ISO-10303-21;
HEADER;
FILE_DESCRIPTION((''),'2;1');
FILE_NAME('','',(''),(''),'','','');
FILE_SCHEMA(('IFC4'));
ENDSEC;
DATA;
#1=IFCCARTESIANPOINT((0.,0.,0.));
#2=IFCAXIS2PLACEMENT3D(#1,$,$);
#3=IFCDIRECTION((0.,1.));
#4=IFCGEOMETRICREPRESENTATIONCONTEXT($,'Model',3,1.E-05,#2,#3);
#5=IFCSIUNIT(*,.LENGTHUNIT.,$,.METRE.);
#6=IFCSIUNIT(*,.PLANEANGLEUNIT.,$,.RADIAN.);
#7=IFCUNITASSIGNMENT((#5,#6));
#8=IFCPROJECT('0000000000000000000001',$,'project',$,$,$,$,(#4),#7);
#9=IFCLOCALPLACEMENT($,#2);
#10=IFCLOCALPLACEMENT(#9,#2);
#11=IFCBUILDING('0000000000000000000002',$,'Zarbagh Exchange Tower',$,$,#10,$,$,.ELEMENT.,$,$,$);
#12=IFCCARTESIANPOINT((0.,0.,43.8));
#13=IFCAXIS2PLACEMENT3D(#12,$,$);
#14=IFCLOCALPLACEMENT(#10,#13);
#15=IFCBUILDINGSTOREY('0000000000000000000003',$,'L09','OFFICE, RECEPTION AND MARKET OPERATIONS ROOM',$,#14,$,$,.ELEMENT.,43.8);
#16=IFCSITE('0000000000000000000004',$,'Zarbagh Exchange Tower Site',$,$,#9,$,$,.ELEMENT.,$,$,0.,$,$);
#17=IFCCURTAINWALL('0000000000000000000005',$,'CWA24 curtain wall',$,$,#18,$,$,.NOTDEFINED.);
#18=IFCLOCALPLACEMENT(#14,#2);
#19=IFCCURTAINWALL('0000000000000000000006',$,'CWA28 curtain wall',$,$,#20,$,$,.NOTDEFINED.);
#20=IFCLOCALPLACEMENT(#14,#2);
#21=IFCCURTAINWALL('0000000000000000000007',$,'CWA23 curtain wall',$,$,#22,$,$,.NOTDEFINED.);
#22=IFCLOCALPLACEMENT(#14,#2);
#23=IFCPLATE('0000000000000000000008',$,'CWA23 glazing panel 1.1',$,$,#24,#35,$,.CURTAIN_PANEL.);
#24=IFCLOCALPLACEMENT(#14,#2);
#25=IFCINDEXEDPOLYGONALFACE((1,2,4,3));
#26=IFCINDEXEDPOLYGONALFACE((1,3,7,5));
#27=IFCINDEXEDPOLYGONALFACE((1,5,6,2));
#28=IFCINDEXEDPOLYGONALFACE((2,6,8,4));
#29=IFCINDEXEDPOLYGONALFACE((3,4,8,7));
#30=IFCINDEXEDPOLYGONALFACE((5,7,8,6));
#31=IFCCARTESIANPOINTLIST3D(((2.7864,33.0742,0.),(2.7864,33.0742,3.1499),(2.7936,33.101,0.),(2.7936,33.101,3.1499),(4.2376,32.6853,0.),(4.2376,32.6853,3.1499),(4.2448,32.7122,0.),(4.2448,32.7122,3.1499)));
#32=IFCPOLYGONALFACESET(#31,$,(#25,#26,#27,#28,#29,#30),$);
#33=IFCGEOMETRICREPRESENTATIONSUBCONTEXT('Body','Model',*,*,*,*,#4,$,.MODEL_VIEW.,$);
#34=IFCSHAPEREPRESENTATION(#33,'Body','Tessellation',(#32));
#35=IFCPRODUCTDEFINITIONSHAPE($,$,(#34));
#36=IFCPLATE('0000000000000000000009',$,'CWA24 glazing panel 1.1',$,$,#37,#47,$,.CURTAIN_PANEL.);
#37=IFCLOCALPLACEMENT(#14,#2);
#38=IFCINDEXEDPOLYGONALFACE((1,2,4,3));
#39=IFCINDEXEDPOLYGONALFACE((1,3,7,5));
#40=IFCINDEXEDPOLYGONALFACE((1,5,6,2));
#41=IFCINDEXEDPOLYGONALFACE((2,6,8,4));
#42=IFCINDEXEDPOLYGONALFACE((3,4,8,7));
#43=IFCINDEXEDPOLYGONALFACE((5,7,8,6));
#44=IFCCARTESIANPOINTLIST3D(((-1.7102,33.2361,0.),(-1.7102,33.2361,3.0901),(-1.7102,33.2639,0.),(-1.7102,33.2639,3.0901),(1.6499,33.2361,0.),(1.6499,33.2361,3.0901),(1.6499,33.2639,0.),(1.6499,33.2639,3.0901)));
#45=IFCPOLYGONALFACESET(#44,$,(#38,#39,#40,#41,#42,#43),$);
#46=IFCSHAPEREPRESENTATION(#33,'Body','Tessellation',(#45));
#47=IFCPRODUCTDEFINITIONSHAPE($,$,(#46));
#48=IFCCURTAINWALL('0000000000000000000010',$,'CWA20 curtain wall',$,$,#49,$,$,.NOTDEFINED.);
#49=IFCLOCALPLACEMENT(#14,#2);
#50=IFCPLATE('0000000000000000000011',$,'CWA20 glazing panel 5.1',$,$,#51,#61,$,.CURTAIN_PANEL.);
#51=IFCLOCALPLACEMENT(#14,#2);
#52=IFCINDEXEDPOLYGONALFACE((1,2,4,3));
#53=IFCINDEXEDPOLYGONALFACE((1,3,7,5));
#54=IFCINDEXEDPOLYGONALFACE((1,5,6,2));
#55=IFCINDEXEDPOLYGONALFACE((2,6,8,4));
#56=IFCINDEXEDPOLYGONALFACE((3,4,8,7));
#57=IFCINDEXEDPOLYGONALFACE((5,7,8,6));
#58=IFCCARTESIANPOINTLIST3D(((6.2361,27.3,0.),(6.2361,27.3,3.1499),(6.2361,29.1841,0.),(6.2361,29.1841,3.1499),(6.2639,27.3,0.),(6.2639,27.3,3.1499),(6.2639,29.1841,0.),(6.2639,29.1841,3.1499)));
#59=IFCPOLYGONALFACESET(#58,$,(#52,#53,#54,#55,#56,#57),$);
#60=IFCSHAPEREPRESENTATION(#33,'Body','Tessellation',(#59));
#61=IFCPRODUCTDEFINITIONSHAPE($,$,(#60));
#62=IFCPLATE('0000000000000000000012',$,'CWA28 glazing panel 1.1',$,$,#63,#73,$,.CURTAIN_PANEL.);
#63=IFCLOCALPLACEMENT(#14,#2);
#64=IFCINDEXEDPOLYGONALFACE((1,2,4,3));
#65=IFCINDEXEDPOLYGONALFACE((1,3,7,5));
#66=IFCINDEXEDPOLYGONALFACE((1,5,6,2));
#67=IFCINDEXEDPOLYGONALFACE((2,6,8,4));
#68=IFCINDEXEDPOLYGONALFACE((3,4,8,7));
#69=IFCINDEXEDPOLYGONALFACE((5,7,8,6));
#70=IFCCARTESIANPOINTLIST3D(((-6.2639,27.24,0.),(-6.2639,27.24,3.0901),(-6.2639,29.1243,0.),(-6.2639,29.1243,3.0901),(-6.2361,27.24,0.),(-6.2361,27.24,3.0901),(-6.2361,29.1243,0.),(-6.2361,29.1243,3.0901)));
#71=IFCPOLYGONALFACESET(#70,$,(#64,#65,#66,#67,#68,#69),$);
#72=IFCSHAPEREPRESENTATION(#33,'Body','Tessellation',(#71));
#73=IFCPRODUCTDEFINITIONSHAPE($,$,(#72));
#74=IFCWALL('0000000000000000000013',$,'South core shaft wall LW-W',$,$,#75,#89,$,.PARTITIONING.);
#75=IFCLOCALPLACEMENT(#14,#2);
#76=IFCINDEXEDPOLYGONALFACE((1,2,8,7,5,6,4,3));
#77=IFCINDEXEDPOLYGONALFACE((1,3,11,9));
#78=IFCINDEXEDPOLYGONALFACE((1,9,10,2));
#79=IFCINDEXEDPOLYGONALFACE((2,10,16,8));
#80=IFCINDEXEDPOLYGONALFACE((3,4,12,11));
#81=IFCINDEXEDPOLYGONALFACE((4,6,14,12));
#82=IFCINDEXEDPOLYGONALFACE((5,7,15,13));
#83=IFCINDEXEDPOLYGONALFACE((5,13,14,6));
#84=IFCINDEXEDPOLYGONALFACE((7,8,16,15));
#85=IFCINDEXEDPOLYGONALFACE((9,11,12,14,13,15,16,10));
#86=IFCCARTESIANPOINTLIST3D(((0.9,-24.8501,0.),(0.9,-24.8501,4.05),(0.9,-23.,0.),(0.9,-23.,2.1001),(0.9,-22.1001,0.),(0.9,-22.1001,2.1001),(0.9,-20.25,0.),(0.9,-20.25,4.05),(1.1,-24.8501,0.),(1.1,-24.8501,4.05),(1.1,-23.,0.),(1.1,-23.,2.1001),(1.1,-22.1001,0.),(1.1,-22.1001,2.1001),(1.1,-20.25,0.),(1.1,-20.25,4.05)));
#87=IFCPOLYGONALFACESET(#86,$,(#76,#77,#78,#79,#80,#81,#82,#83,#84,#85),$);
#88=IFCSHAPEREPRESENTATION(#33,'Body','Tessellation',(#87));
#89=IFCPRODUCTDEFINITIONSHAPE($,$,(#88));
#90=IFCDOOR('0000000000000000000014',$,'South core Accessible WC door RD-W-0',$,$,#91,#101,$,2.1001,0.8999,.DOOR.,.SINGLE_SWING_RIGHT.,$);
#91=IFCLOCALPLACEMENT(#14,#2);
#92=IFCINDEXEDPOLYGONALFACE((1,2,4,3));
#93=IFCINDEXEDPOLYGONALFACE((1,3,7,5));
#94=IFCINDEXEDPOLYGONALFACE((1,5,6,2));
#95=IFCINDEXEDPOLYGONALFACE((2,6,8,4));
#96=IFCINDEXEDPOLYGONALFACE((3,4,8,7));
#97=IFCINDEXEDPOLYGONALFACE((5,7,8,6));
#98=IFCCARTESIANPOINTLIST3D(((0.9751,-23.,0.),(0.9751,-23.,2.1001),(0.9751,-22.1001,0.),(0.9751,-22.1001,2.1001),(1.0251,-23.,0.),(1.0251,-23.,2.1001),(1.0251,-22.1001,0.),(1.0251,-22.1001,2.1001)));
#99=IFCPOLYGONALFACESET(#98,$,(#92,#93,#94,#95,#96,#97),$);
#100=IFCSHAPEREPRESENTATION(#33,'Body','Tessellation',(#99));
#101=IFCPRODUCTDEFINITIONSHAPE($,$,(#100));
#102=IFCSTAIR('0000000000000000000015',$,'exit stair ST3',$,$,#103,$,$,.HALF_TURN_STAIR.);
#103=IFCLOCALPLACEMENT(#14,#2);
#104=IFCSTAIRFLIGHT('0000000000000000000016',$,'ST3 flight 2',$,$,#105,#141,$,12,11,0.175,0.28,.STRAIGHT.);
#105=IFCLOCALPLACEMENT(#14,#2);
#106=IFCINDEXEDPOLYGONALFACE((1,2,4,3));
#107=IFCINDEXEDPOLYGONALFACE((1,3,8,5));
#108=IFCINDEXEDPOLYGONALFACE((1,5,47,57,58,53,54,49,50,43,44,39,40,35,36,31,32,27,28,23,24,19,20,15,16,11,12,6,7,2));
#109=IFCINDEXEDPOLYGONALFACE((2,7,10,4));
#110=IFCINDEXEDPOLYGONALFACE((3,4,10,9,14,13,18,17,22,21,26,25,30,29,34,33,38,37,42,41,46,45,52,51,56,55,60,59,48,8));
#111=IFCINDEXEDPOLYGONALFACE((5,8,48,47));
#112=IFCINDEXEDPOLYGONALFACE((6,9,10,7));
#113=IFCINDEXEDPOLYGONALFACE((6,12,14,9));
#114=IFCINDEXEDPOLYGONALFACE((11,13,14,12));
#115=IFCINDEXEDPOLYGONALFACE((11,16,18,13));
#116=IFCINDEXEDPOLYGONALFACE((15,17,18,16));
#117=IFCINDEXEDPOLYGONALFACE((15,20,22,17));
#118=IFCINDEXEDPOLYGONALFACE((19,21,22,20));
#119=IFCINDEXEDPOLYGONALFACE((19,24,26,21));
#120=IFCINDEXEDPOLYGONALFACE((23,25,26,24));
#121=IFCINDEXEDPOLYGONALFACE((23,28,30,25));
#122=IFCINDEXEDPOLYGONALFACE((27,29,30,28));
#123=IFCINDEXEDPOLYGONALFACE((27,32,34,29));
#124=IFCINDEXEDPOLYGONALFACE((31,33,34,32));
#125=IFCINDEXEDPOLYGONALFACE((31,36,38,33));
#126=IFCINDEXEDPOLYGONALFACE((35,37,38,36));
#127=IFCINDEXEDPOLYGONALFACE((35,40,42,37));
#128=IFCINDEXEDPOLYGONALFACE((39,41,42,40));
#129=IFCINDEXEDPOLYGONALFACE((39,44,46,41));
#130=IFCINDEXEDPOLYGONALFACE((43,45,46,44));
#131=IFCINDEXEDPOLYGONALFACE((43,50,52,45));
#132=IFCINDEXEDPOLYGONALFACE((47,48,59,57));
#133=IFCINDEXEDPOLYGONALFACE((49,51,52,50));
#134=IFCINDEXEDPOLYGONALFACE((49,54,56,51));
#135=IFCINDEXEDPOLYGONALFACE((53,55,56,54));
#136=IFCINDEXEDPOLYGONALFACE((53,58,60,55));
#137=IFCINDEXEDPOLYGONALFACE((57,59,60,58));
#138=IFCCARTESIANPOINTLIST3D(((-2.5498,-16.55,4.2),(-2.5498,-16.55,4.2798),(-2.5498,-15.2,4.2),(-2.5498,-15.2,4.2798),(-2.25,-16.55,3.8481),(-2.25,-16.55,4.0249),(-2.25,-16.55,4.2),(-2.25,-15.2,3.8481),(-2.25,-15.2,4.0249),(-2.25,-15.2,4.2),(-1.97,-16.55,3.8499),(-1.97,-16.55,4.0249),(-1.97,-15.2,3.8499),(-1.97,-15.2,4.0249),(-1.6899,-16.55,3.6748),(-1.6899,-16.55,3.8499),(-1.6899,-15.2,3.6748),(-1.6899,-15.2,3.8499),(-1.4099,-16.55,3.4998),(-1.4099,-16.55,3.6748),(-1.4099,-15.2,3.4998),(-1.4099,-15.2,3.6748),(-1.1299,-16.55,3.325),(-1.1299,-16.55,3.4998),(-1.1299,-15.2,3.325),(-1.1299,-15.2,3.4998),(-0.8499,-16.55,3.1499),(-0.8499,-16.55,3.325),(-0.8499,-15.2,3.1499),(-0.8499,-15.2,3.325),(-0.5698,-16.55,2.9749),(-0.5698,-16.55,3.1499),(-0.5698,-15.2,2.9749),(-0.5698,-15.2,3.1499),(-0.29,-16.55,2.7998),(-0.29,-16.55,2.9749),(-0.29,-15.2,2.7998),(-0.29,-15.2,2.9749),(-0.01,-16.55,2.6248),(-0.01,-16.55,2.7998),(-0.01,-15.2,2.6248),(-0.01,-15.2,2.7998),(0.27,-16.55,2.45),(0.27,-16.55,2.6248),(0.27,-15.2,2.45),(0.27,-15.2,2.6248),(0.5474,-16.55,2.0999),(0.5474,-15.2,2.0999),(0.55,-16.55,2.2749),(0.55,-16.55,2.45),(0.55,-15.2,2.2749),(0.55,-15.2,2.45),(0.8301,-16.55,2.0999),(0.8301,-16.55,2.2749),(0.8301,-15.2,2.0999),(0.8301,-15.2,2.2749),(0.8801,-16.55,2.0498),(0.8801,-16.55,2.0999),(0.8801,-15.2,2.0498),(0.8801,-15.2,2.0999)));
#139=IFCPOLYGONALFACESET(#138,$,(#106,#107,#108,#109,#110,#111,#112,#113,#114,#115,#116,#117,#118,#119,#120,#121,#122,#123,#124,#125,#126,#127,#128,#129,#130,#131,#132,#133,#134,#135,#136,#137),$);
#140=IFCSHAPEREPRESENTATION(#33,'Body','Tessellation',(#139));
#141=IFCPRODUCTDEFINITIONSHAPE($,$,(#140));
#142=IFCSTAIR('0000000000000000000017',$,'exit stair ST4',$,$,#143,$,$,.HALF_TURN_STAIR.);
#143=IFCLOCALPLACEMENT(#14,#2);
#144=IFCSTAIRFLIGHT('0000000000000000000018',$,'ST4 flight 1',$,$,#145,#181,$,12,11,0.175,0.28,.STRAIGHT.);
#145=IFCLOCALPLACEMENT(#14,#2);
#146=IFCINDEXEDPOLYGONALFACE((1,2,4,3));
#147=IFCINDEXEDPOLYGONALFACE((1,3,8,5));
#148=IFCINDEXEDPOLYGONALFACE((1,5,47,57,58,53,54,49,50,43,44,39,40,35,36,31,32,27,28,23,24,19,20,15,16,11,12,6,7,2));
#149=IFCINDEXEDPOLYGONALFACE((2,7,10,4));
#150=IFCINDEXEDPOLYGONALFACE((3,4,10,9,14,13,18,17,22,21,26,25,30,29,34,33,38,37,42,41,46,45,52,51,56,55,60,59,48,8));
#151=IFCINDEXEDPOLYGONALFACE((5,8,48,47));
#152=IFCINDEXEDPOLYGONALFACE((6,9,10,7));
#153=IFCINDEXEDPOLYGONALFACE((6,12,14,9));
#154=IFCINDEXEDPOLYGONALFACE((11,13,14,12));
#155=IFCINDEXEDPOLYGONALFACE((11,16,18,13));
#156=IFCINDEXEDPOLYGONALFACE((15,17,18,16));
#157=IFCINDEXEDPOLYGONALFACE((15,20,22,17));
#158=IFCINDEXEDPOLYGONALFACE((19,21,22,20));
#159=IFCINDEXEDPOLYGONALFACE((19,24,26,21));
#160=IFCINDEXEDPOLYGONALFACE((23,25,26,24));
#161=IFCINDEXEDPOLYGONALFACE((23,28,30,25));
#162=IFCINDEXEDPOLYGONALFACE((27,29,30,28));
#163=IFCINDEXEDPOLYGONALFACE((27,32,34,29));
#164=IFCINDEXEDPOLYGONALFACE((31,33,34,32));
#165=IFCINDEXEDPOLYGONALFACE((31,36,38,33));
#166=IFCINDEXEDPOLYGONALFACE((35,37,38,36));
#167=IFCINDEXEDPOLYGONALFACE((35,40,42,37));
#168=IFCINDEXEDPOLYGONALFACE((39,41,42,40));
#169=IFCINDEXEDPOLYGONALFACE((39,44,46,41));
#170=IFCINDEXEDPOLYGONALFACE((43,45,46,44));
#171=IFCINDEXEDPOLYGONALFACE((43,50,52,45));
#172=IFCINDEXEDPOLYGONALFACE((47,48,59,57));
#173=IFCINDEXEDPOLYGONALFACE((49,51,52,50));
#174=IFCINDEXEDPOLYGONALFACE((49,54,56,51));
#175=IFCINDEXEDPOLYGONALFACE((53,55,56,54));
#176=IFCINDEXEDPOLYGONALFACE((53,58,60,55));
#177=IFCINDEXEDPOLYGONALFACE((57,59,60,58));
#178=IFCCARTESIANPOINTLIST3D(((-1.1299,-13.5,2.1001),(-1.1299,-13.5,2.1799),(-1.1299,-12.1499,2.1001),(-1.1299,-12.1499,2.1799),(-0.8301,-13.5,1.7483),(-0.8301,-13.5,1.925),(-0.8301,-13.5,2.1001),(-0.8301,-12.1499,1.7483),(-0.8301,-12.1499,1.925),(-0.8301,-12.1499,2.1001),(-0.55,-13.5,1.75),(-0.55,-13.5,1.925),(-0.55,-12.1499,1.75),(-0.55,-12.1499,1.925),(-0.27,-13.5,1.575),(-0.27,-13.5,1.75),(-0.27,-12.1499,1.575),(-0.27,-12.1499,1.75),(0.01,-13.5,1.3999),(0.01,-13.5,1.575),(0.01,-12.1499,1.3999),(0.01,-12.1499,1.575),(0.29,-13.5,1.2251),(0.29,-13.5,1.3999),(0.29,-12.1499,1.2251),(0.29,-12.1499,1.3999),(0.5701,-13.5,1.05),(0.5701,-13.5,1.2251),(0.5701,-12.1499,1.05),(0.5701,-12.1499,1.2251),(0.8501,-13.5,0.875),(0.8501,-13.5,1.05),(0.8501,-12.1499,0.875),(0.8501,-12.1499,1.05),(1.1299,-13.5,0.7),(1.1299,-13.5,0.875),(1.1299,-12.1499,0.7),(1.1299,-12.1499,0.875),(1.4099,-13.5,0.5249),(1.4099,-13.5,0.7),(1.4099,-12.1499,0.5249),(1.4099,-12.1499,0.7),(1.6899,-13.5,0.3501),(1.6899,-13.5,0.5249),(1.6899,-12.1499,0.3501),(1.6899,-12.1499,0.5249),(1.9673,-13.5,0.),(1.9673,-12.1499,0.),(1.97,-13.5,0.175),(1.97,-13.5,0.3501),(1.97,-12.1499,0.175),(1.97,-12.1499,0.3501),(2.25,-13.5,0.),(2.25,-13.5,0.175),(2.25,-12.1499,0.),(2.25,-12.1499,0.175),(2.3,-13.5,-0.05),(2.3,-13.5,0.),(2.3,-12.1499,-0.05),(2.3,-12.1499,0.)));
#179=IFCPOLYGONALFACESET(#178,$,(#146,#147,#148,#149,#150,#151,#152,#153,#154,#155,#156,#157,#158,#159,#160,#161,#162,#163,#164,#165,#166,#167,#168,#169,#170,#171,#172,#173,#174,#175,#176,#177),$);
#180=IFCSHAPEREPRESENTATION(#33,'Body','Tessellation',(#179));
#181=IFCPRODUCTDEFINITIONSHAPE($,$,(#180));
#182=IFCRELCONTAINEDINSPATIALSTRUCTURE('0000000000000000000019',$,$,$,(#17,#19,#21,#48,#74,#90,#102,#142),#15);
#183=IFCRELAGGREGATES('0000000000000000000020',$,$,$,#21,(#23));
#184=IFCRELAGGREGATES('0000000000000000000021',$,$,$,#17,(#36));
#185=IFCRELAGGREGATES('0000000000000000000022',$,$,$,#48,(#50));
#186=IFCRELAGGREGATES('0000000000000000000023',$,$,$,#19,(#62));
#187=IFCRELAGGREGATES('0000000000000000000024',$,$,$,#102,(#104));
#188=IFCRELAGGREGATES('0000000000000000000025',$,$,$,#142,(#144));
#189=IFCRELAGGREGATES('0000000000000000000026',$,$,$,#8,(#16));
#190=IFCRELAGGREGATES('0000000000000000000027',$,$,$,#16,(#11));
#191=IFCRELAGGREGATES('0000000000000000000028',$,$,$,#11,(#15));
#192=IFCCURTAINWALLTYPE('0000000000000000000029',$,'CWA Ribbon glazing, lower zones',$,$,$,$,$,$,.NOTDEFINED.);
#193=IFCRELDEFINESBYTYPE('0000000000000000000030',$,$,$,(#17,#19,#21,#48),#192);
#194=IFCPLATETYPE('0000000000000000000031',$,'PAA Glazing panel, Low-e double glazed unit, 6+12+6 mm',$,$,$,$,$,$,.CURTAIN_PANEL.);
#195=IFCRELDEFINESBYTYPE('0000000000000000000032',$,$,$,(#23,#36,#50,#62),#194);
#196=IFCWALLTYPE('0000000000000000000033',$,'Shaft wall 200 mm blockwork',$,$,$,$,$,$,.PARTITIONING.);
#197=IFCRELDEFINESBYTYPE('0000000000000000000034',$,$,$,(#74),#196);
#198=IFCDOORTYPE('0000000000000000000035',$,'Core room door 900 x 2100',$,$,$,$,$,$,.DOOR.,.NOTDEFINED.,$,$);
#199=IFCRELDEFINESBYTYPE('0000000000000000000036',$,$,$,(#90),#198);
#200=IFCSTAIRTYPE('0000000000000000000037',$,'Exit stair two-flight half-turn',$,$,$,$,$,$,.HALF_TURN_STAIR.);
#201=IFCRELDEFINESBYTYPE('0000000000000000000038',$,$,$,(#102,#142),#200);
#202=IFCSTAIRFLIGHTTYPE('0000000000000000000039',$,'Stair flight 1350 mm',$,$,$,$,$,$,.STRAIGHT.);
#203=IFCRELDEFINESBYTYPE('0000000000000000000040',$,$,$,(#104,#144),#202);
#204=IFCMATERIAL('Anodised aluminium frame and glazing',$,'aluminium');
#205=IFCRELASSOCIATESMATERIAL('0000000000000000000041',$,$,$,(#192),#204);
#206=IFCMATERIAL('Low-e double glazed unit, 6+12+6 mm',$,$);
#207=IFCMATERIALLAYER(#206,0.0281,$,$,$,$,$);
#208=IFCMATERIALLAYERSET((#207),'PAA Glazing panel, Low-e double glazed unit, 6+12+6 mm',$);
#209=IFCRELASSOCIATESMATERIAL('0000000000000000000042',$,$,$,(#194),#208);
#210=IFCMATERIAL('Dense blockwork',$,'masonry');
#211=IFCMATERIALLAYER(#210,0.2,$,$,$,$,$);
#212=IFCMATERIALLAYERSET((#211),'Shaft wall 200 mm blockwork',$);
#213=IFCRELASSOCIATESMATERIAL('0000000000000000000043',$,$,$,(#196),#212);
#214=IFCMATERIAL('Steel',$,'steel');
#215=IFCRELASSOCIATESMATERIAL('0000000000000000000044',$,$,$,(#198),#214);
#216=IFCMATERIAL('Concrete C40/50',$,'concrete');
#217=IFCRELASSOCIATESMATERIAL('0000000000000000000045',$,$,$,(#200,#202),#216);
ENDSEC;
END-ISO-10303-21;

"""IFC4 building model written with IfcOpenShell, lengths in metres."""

from ifc_helpers import new_model, si_unit, direction, frame, frame_2d, origin, place, context, subcontext, project, spatial, polyline, rectangle, outline, extrude, source, transform, mapped, material, layer, layer_set, type_object, element, fill, aggregate, save


model = new_model("IFC4")

# Units and contexts
model_context = context("Model", 3, precision=1e-05, world=origin(), true_north=direction((0.0, 1.0)))
body_context = subcontext(model_context, "Body", "Model", "MODEL_VIEW")
ifc_project = project(units=[si_unit("LENGTHUNIT", "METRE"), si_unit("PLANEANGLEUNIT", "RADIAN")], contexts=[model_context])

# Site, building, storey
site_placement = place(None, origin())
site = spatial("IfcSite", under=ifc_project, at=site_placement, Name="Zarbagh Exchange Tower Site", CompositionType="ELEMENT", RefElevation=0.0)
building_placement = place(site_placement, origin())
building = spatial("IfcBuilding", under=site, at=building_placement, Name="Zarbagh Exchange Tower", CompositionType="ELEMENT")
storey_placement = place(building_placement, frame((0.0, 0.0, 43.8)))
storey = spatial("IfcBuildingStorey", under=building, at=storey_placement, Name="L09", Description="OFFICE, RECEPTION AND MARKET OPERATIONS ROOM", CompositionType="ELEMENT", Elevation=43.8)

# Curtain wall
ifc_material_1 = material(Name="Anodised aluminium frame and glazing", Category="aluminium")
curtain_wall_type = type_object("IfcCurtainWallType", Name="CWA Ribbon glazing, lower zones", PredefinedType="NOTDEFINED", material=ifc_material_1)
placement = place(storey_placement, origin())
curtain_wall_1_placement = place(storey_placement, origin())
curtain_wall_1 = element("IfcCurtainWall", 1, at=curtain_wall_1_placement, inside=storey, type_object=curtain_wall_type, Name="CWA24 curtain wall", PredefinedType="NOTDEFINED")

# Curtain wall
curtain_wall_2_placement = place(storey_placement, origin())
curtain_wall_2 = element("IfcCurtainWall", 2, at=curtain_wall_2_placement, inside=storey, type_object=curtain_wall_type, Name="CWA28 curtain wall", PredefinedType="NOTDEFINED")

# Shared definitions
ifc_material_2 = material(Name="Low-e double glazed unit, 6+12+6 mm")
ifc_layer_1 = layer(ifc_material_2, 0.0281)
ifc_layer_set_1 = layer_set([ifc_layer_1], Name="PAA Glazing panel, Low-e double glazed unit, 6+12+6 mm")
plate_type = type_object("IfcPlateType", Name="PAA Glazing panel, Low-e double glazed unit, 6+12+6 mm", PredefinedType="CURTAIN_PANEL", material=ifc_layer_set_1)

# Curtain wall, plate
curtain_wall_3_placement = place(storey_placement, origin())
curtain_wall_3 = element("IfcCurtainWall", 3, at=curtain_wall_3_placement, inside=storey, type_object=curtain_wall_type, Name="CWA23 curtain wall", PredefinedType="NOTDEFINED")
shared_shape_1 = source(origin(), body_context, "Body", "SweptSolid", [
    extrude(outline(polyline([(0.0, -0.0139), (1.5024, -0.0139), (1.5024, 0.0139), (0.0, 0.0139), (0.0, -0.0139)])), origin(), (0.0, 0.0, 1.0), 3.1499),
])
plate_1 = element("IfcPlate", 4, at=placement, type_object=plate_type, Name="CWA23 glazing panel 1.1", PredefinedType="CURTAIN_PANEL", context=body_context, shape_type="MappedRepresentation", body=[
    mapped(shared_shape_1, transform((4.2412, 32.6987, 0.0), x_axis=(-0.965924, 0.258825, 0.0), y_axis=(-0.258825, -0.965924, 0.0), z_axis=(0.0, 0.0, 1.0))),
])
aggregate(curtain_wall_3, [plate_1])

# Plate
shared_shape_2 = source(origin(), body_context, "Body", "SweptSolid", [
    extrude(outline(polyline([(0.0, -0.0139), (3.3601, -0.0139), (3.3601, 0.0139), (0.0, 0.0139), (0.0, -0.0139)])), origin(), (0.0, 0.0, 1.0), 3.0901),
])
plate_2 = element("IfcPlate", 5, at=placement, type_object=plate_type, Name="CWA24 glazing panel 1.1", PredefinedType="CURTAIN_PANEL", context=body_context, shape_type="MappedRepresentation", body=[
    mapped(shared_shape_2, transform((1.6499, 33.25, 0.0), x_axis=(-1.0, 0.0, 0.0), y_axis=(0.0, -1.0, 0.0), z_axis=(0.0, 0.0, 1.0))),
])
aggregate(curtain_wall_1, [plate_2])

# Curtain wall, plate
curtain_wall_4_placement = place(storey_placement, origin())
curtain_wall_4 = element("IfcCurtainWall", 6, at=curtain_wall_4_placement, inside=storey, type_object=curtain_wall_type, Name="CWA20 curtain wall", PredefinedType="NOTDEFINED")
shared_shape_3 = source(origin(), body_context, "Body", "SweptSolid", [
    extrude(outline(polyline([(0.0, -0.0139), (1.884, -0.0139), (1.884, 0.0139), (0.0, 0.0139), (0.0, -0.0139)])), origin(), (0.0, 0.0, 1.0), 3.1499),
])
plate_3 = element("IfcPlate", 7, at=placement, type_object=plate_type, Name="CWA20 glazing panel 5.1", PredefinedType="CURTAIN_PANEL", context=body_context, shape_type="MappedRepresentation", body=[
    mapped(shared_shape_3, transform((6.25, 27.3, 0.0), x_axis=(0.0, 1.0, 0.0), y_axis=(-1.0, 0.0, 0.0), z_axis=(0.0, 0.0, 1.0))),
])
aggregate(curtain_wall_4, [plate_3])

# Plate
shared_shape_4 = source(origin(), body_context, "Body", "SweptSolid", [
    extrude(outline(polyline([(0.0, -0.0139), (1.8843, -0.0139), (1.8843, 0.0139), (0.0, 0.0139), (0.0, -0.0139)])), origin(), (0.0, 0.0, 1.0), 3.0901),
])
plate_4 = element("IfcPlate", 8, at=placement, type_object=plate_type, Name="CWA28 glazing panel 1.1", PredefinedType="CURTAIN_PANEL", context=body_context, shape_type="MappedRepresentation", body=[
    mapped(shared_shape_4, transform((-6.25, 29.1243, 0.0), x_axis=(0.0, -1.0, 0.0), y_axis=(1.0, 0.0, 0.0), z_axis=(0.0, 0.0, 1.0))),
])
aggregate(curtain_wall_2, [plate_4])

# Wall, opening, door
ifc_material_3 = material(Name="Dense blockwork", Category="masonry")
ifc_layer_2 = layer(ifc_material_3, 0.2)
ifc_layer_set_2 = layer_set([ifc_layer_2], Name="Shaft wall 200 mm blockwork")
wall_type = type_object("IfcWallType", Name="Shaft wall 200 mm blockwork", PredefinedType="PARTITIONING", material=ifc_layer_set_2)
wall_placement = place(storey_placement, frame((1.0, -24.8501, 0.0), z_axis=(0.0, 0.0, 1.0), x_axis=(0.0, 1.0, 0.0)))
wall = element("IfcWall", 9, at=wall_placement, inside=storey, type_object=wall_type, Name="South core shaft wall LW-W", PredefinedType="PARTITIONING", context=body_context, shape_type="SweptSolid", body=[
    extrude(rectangle(XDim=4.6001, YDim=0.2, at=frame_2d((2.3, 0.0))), origin(), (0.0, 0.0, 1.0), 4.05),
])
opening_placement = place(wall_placement, frame((1.8501, 0.0, 0.0)))
opening = element("IfcOpeningElement", 10, at=opening_placement, cuts=wall, PredefinedType="OPENING", context=body_context, shape_type="SweptSolid", body=[
    extrude(rectangle(XDim=0.8999, YDim=2.1001, at=frame_2d((0.45, 1.05))), frame((0.0, 0.1099, 0.0), z_axis=(0.0, -1.0, 0.0), x_axis=(1.0, 0.0, 0.0)), (0.0, 0.0, 1.0), 0.22),
])
ifc_material_4 = material(Name="Steel", Category="steel")
door_type = type_object("IfcDoorType", Name="Core room door 900 x 2100", OperationType="NOTDEFINED", PredefinedType="DOOR", material=ifc_material_4)
door_placement = place(opening_placement, origin())
door = element("IfcDoor", 11, at=door_placement, inside=storey, type_object=door_type, Name="South core Accessible WC door RD-W-0", OperationType="SINGLE_SWING_RIGHT", OverallHeight=2.1001, OverallWidth=0.8999, PredefinedType="DOOR", context=body_context, shape_type="SweptSolid", body=[
    extrude(rectangle(XDim=0.8999, YDim=2.1001, at=frame_2d((0.45, 1.05))), frame((0.0, 0.0249, 0.0), z_axis=(0.0, -1.0, 0.0), x_axis=(1.0, 0.0, 0.0)), (0.0, 0.0, 1.0), 0.05),
])
fill(opening, door)

# Stairs, stair flights
ifc_material_5 = material(Name="Concrete C40/50", Category="concrete")
stair_type = type_object("IfcStairType", Name="Exit stair two-flight half-turn", PredefinedType="HALF_TURN_STAIR", material=ifc_material_5)
stair_1_placement = place(storey_placement, origin())
stair_1 = element("IfcStair", 12, at=stair_1_placement, inside=storey, type_object=stair_type, Name="exit stair ST3", PredefinedType="HALF_TURN_STAIR")
stair_flight_type = type_object("IfcStairFlightType", Name="Stair flight 1350 mm", PredefinedType="STRAIGHT", material=ifc_material_5)
stair_flight_1_placement = place(storey_placement, frame((0.8301, -15.875, 2.0999), z_axis=(0.0, 0.0, 1.0), x_axis=(-1.0, 0.0, 0.0)))
stair_flight_1 = element("IfcStairFlight", 13, at=stair_flight_1_placement, type_object=stair_flight_type, Name="ST3 flight 2", NumberOfRisers=12, NumberOfTreads=11, PredefinedType="STRAIGHT", RiserHeight=0.175, TreadLength=0.28, context=body_context, shape_type="SweptSolid", body=[
    extrude(outline(polyline([(-0.05, -0.05), (-0.05, 0.0), (0.0, 0.0), (0.0, 0.175), (0.28, 0.175), (0.28, 0.3501), (0.5601, 0.3501), (0.5601, 0.5249), (0.8401, 0.5249), (0.8401, 0.7), (1.1201, 0.7), (1.1201, 0.875), (1.3999, 0.875), (1.3999, 1.05), (1.6799, 1.05), (1.6799, 1.2251), (1.96, 1.2251), (1.96, 1.3999), (2.24, 1.3999), (2.24, 1.575), (2.52, 1.575), (2.52, 1.75), (2.8, 1.75), (2.8, 1.925), (3.0801, 1.925), (3.0801, 2.1001), (3.3799, 2.1799), (3.3799, 2.1001), (3.0801, 1.7483), (0.2827, 0.0), (-0.05, -0.05)])), frame((0.0, 0.675, 0.0), z_axis=(0.0, -1.0, 0.0), x_axis=(1.0, 0.0, 0.0)), (0.0, 0.0, 1.0), 1.3501),
])
aggregate(stair_1, [stair_flight_1])
stair_2_placement = place(storey_placement, origin())
stair_2 = element("IfcStair", 14, at=stair_2_placement, inside=storey, type_object=stair_type, Name="exit stair ST4", PredefinedType="HALF_TURN_STAIR")
stair_flight_2_placement = place(storey_placement, frame((2.25, -12.825, 0.0), z_axis=(0.0, 0.0, 1.0), x_axis=(-1.0, 0.0, 0.0)))
stair_flight_2 = element("IfcStairFlight", 15, at=stair_flight_2_placement, type_object=stair_flight_type, Name="ST4 flight 1", NumberOfRisers=12, NumberOfTreads=11, PredefinedType="STRAIGHT", RiserHeight=0.175, TreadLength=0.28, context=body_context, shape_type="SweptSolid", body=[
    extrude(outline(polyline([(-0.05, -0.05), (-0.05, 0.0), (0.0, 0.0), (0.0, 0.175), (0.28, 0.175), (0.28, 0.3501), (0.5601, 0.3501), (0.5601, 0.5249), (0.8401, 0.5249), (0.8401, 0.7), (1.1201, 0.7), (1.1201, 0.875), (1.3999, 0.875), (1.3999, 1.05), (1.6799, 1.05), (1.6799, 1.2251), (1.96, 1.2251), (1.96, 1.3999), (2.24, 1.3999), (2.24, 1.575), (2.52, 1.575), (2.52, 1.75), (2.8, 1.75), (2.8, 1.925), (3.0801, 1.925), (3.0801, 2.1001), (3.3799, 2.1799), (3.3799, 2.1001), (3.0801, 1.7483), (0.2827, 0.0), (-0.05, -0.05)])), frame((0.0, 0.675, 0.0), z_axis=(0.0, -1.0, 0.0), x_axis=(1.0, 0.0, 0.0)), (0.0, 0.0, 1.0), 1.3501),
])
aggregate(stair_2, [stair_flight_2])

save(model, "model.ifc")
